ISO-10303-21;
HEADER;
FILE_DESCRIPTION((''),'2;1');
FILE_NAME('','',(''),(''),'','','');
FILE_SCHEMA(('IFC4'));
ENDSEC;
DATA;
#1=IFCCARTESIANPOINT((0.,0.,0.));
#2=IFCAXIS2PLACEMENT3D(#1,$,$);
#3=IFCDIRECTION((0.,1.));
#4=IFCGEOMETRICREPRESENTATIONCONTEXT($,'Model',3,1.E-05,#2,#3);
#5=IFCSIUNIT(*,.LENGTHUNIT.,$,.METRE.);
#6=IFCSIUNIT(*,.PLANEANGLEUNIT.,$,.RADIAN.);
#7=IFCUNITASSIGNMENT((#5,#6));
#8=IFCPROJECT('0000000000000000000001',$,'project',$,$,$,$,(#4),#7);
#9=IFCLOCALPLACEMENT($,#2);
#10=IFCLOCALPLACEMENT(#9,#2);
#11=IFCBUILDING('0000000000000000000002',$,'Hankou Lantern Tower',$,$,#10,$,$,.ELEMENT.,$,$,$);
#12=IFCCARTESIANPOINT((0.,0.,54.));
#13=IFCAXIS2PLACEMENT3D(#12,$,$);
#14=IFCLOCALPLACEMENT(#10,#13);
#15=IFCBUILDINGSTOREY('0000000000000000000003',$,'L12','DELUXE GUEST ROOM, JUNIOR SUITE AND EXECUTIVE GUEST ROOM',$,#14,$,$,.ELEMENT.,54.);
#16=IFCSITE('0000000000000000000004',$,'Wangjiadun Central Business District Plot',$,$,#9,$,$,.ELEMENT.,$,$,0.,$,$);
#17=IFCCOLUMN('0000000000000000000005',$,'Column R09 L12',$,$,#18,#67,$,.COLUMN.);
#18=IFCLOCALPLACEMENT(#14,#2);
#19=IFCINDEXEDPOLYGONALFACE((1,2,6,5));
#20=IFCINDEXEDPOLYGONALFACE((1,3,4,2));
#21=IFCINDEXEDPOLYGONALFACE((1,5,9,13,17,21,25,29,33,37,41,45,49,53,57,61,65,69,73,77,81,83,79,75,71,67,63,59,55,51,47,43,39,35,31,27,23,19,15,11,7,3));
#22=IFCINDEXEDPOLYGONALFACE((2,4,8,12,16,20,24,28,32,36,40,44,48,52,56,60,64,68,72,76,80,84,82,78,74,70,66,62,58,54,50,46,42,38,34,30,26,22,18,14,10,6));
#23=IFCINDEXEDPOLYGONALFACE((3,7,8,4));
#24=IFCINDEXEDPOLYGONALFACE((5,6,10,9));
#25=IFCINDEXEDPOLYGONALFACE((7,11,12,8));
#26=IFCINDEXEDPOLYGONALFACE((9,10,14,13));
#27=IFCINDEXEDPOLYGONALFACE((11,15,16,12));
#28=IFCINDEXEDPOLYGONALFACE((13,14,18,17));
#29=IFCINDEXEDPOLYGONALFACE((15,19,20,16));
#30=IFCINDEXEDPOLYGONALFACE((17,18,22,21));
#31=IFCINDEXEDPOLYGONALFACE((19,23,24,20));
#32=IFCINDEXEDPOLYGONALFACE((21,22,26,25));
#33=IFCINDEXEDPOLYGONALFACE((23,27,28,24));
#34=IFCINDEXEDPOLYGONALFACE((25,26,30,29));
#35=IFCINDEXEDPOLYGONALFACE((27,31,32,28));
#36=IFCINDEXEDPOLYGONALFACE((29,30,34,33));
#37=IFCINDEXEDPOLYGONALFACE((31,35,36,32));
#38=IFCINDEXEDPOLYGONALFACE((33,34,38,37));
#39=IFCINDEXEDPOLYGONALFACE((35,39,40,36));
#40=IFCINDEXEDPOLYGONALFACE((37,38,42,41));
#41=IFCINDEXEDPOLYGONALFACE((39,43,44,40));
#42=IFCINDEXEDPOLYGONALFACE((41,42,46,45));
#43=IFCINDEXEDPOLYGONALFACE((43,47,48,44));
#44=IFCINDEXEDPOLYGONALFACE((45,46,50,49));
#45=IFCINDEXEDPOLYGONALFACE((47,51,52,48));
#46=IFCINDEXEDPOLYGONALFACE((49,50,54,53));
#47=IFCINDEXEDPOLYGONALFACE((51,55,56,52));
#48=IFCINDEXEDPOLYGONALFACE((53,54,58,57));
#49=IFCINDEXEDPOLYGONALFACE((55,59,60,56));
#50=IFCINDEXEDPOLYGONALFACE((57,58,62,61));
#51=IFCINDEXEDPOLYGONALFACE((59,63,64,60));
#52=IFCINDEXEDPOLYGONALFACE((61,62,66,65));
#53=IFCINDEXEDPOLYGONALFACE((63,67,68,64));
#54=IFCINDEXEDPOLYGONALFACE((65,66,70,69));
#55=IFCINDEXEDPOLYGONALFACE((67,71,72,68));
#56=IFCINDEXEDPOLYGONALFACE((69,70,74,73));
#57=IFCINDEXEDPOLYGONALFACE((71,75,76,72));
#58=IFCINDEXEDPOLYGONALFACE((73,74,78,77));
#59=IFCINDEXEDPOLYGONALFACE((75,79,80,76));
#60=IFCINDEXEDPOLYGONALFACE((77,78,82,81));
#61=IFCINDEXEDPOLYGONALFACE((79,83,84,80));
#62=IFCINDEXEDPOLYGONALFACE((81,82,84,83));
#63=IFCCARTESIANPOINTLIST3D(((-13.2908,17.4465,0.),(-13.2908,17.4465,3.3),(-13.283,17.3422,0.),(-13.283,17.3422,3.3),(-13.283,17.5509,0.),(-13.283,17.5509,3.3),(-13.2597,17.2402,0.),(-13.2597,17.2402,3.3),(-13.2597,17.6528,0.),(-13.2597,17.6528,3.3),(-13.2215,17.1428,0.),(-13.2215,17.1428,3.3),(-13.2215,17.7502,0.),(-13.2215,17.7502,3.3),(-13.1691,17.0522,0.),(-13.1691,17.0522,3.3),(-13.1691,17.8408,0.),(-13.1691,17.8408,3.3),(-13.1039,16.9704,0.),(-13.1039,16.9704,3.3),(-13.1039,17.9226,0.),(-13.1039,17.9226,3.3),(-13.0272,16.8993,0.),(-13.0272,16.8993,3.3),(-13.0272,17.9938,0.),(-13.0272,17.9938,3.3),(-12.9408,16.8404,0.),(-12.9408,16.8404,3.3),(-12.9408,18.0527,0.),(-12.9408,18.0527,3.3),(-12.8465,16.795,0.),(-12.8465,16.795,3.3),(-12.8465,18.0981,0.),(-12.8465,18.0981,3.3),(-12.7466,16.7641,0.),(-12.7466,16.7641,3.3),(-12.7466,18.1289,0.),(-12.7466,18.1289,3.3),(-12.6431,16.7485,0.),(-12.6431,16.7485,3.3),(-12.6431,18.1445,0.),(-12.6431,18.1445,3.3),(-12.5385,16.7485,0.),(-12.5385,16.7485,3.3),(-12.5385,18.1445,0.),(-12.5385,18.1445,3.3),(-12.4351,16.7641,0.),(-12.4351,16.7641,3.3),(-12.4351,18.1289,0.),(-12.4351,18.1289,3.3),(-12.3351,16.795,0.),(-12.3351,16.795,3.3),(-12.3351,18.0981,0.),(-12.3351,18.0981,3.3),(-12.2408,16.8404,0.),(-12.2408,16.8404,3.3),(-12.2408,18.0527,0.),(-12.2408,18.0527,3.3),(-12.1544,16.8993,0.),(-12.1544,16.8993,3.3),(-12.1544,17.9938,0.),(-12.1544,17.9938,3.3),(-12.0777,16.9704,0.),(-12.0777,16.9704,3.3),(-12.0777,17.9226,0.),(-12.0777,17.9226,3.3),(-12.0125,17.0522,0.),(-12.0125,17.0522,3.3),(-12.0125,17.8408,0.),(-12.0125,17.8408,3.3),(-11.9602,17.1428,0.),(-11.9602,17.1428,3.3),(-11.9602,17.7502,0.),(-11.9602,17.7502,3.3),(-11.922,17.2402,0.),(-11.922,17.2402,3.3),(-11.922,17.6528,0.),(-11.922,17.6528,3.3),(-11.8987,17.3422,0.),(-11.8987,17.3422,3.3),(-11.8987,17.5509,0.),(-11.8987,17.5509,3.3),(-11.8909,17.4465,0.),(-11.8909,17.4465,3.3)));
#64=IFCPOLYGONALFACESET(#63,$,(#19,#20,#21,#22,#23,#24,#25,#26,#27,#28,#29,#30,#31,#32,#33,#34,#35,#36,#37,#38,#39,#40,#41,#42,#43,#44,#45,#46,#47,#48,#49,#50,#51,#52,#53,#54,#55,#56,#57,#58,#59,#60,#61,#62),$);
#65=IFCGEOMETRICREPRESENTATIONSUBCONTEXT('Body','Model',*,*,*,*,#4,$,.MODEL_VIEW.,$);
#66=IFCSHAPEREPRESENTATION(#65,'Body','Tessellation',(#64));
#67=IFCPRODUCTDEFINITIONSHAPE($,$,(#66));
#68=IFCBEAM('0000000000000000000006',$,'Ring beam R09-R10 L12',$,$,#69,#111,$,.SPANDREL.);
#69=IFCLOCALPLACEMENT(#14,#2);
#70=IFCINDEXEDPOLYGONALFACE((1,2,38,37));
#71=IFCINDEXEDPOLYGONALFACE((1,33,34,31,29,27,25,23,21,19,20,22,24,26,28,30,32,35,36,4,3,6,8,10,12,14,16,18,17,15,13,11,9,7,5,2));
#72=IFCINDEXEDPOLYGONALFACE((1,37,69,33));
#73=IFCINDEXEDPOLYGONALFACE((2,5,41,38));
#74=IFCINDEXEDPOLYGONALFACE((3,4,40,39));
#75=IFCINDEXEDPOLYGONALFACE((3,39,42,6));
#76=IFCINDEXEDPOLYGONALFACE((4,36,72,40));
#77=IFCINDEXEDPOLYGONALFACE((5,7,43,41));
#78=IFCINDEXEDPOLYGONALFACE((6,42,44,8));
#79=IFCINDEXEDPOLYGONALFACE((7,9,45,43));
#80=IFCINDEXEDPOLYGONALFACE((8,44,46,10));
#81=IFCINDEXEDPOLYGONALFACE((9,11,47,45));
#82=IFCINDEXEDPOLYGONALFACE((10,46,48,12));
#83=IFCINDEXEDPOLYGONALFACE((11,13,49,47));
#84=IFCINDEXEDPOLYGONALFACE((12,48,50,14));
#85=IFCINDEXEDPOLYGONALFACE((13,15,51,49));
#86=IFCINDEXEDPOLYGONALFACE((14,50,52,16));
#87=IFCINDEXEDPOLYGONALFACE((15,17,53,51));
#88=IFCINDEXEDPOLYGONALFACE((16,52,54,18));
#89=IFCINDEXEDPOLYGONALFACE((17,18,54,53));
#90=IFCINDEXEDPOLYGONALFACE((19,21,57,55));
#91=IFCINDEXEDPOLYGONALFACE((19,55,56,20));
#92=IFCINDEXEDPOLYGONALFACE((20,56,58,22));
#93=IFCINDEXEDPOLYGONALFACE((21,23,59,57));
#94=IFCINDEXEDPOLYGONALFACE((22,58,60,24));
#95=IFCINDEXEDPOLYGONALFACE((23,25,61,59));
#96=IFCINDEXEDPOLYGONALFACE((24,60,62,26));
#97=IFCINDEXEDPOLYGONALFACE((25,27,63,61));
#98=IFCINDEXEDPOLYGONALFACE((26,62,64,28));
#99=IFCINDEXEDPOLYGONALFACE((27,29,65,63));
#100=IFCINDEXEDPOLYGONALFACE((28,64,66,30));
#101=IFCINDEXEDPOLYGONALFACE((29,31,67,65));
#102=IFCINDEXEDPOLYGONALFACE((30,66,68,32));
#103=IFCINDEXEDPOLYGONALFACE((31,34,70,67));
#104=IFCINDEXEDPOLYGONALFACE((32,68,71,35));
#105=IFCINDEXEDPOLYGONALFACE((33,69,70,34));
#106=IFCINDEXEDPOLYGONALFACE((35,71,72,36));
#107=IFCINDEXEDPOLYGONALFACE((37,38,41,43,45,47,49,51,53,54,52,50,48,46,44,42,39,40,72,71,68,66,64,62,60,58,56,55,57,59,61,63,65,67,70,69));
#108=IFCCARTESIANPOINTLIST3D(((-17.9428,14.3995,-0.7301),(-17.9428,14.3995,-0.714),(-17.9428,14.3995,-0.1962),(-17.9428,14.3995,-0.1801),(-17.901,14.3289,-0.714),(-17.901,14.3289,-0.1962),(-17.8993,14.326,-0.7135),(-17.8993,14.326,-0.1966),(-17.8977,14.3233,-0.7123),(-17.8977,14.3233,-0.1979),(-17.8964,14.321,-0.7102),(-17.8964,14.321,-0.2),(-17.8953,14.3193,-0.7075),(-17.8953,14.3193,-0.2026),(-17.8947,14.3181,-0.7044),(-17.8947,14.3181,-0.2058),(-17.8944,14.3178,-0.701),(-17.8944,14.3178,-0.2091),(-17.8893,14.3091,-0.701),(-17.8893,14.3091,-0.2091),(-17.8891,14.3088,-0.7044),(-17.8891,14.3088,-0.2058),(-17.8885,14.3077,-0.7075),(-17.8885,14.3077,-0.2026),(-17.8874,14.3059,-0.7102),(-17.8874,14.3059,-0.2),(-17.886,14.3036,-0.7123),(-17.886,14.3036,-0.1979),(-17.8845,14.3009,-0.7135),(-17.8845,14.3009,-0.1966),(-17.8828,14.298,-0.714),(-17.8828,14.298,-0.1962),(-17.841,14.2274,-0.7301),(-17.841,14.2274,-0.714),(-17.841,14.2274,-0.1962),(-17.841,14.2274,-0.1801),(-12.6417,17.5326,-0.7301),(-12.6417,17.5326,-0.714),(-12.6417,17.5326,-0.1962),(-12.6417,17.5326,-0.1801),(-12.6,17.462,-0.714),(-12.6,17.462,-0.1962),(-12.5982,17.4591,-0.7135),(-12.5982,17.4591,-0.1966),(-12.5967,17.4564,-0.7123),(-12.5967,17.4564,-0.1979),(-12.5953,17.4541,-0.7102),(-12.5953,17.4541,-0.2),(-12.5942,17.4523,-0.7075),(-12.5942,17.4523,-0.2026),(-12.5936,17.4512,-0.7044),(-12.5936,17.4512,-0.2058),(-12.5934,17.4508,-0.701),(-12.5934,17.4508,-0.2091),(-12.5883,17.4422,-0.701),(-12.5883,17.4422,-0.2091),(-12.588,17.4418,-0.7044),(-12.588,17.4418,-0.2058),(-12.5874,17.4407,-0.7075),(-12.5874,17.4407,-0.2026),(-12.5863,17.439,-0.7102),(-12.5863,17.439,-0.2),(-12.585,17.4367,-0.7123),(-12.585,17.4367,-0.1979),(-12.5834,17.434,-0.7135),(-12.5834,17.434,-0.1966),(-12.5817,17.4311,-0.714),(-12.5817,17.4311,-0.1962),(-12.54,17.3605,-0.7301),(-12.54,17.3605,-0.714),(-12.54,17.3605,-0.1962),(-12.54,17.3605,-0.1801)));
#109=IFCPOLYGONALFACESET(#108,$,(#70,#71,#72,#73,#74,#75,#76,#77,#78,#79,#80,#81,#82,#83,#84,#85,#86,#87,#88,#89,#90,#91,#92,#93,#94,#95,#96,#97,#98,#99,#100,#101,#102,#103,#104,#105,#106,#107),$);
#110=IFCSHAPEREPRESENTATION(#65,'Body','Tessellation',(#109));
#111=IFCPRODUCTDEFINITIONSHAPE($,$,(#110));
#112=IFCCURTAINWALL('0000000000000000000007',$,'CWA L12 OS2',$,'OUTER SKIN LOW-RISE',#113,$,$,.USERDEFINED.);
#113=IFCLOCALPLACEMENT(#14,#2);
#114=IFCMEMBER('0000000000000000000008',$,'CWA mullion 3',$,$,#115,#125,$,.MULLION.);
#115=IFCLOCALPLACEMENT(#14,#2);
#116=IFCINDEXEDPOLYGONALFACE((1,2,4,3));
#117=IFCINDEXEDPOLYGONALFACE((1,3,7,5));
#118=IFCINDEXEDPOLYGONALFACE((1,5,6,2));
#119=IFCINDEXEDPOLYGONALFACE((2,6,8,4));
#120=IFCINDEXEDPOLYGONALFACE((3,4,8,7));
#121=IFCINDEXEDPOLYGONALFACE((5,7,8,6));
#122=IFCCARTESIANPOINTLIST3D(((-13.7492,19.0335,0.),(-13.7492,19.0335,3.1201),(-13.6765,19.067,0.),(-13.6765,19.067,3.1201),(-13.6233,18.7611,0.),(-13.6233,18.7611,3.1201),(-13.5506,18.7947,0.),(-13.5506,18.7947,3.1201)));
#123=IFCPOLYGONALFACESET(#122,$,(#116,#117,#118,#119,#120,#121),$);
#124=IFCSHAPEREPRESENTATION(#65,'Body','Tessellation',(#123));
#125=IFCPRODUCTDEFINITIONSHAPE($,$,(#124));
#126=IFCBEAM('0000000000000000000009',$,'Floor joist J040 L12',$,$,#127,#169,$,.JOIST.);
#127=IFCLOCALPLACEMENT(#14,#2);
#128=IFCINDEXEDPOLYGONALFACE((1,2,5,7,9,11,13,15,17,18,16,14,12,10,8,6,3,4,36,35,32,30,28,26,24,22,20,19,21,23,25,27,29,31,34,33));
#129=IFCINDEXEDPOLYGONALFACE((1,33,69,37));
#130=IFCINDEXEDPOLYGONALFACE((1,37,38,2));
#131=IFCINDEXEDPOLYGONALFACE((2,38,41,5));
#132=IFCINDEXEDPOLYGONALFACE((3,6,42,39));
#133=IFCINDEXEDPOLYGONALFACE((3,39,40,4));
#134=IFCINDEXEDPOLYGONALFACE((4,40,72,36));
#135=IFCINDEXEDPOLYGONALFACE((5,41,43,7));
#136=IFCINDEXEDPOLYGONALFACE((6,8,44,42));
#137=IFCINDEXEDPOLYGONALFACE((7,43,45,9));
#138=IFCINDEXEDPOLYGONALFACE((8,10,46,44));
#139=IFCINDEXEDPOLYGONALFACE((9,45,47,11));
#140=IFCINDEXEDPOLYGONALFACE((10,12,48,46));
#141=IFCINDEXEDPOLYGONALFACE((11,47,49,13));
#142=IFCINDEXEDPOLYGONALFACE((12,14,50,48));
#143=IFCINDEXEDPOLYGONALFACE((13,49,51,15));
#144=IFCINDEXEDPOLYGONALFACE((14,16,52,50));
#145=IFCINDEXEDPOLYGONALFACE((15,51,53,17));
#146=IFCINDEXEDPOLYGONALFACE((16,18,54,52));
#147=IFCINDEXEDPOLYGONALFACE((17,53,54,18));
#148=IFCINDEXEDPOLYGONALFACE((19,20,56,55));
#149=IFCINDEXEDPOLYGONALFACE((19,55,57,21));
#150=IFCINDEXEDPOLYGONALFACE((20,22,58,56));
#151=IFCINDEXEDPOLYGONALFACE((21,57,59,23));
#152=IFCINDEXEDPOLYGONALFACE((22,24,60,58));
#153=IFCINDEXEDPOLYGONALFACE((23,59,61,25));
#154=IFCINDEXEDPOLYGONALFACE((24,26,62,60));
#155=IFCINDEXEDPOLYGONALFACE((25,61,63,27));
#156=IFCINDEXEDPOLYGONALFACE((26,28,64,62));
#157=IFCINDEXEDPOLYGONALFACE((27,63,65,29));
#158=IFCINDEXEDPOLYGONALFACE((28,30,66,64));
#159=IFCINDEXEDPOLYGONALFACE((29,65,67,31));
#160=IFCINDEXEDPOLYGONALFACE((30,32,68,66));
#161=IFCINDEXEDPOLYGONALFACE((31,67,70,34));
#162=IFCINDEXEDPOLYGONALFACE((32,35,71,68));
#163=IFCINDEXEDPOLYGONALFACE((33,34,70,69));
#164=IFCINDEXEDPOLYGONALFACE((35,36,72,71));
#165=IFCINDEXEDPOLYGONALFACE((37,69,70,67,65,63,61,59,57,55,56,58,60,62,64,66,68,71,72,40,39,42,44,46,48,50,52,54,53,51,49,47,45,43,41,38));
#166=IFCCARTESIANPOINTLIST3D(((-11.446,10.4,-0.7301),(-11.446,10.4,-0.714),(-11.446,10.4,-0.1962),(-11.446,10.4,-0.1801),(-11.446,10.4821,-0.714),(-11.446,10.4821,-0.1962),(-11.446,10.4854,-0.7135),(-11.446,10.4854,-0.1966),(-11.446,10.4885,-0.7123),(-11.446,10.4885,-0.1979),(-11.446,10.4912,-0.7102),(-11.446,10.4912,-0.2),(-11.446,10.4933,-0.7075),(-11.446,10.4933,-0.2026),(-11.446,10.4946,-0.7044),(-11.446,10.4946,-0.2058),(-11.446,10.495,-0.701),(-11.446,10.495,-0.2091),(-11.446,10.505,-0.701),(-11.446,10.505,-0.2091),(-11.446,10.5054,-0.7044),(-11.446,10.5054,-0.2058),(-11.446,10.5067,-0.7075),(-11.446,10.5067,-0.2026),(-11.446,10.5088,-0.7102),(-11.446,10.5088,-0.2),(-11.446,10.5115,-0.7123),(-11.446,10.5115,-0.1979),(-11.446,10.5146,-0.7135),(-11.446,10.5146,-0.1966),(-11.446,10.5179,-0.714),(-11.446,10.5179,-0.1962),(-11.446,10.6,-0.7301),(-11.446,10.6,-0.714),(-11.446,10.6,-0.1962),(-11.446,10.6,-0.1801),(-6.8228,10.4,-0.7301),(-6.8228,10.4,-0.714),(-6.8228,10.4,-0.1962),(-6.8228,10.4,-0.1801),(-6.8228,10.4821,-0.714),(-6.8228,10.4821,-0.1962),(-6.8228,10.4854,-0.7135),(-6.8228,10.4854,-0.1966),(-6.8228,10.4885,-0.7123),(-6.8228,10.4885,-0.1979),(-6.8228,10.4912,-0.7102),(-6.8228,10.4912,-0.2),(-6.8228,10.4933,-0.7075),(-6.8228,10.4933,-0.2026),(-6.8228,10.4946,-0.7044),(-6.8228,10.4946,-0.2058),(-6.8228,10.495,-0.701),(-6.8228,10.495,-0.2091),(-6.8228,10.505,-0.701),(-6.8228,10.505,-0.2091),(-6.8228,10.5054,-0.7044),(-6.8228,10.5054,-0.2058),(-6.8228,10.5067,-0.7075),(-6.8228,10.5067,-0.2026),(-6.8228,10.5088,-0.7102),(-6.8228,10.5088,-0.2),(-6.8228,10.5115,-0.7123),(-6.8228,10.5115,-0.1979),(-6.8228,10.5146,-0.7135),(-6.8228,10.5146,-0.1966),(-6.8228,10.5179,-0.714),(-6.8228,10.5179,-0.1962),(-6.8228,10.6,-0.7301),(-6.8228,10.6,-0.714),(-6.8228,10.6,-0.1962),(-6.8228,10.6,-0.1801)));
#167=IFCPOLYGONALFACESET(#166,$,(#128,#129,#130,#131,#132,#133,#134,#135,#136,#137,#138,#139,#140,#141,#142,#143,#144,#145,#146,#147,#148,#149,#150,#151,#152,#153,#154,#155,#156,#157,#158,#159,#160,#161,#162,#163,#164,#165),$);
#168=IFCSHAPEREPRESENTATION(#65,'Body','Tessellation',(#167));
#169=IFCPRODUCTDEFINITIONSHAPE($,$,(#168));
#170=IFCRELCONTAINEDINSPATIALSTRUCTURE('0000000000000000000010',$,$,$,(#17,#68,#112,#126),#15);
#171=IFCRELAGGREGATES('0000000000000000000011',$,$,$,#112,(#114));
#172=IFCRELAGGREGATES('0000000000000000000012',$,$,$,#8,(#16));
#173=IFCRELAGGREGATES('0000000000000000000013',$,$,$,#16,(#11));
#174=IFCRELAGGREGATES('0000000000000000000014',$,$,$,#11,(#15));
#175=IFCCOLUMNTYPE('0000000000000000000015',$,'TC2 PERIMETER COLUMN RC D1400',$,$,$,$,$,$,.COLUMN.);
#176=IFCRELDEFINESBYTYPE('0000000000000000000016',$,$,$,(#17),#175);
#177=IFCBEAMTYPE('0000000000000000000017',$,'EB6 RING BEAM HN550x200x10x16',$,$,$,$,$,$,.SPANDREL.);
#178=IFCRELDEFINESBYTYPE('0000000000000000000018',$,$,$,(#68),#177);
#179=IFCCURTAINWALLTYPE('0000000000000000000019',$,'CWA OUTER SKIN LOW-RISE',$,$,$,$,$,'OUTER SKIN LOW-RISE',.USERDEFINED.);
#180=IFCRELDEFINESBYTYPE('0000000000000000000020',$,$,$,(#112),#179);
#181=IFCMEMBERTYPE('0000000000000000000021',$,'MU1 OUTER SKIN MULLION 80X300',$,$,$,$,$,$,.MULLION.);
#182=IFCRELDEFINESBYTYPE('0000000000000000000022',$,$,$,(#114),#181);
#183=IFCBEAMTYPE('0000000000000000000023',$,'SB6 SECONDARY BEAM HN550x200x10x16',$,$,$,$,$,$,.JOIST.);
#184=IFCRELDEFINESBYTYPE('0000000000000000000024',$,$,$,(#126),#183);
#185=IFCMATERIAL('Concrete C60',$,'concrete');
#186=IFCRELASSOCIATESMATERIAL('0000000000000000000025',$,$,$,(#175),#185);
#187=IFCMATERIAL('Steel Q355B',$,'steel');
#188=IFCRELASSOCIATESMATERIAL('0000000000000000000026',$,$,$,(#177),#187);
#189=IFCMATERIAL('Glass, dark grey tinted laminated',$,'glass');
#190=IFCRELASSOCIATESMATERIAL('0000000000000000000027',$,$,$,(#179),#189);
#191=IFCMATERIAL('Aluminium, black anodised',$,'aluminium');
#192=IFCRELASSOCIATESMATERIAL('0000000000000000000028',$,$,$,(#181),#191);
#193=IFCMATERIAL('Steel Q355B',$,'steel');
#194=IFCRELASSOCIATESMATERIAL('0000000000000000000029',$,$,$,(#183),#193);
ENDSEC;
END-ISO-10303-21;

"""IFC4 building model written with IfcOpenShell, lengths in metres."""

from ifc_helpers import new_model, si_unit, direction, frame, origin, origin_2d, place, context, subcontext, project, spatial, rectangle, circle, i_section, extrude, material, material_profile, profile_set, type_object, element, aggregate, save


model = new_model("IFC4")

# Units and contexts
model_context = context("Model", 3, precision=1e-05, world=origin(), true_north=direction((0.0, 1.0)))
body_context = subcontext(model_context, "Body", "Model", "MODEL_VIEW")
ifc_project = project(units=[si_unit("LENGTHUNIT", "METRE"), si_unit("PLANEANGLEUNIT", "RADIAN")], contexts=[model_context])

# Site, building, storey
site_placement = place(None, origin())
site = spatial("IfcSite", under=ifc_project, at=site_placement, Name="Wangjiadun Central Business District Plot", CompositionType="ELEMENT", RefElevation=0.0)
building_placement = place(site_placement, origin())
building = spatial("IfcBuilding", under=site, at=building_placement, Name="Hankou Lantern Tower", CompositionType="ELEMENT")
storey_placement = place(building_placement, frame((0.0, 0.0, 54.0)))
storey = spatial("IfcBuildingStorey", under=building, at=storey_placement, Name="L12", Description="DELUXE GUEST ROOM, JUNIOR SUITE AND EXECUTIVE GUEST ROOM", CompositionType="ELEMENT", Elevation=54.0)

# Column
ifc_material_1 = material(Name="Concrete C60", Category="concrete")
ifc_material_profile_1 = material_profile(ifc_material_1, circle(Radius=0.7, at=origin_2d()), Name="RC D1400")
ifc_profile_set_1 = profile_set([ifc_material_profile_1], Name="Concrete C60")
column_type = type_object("IfcColumnType", Name="TC2 PERIMETER COLUMN RC D1400", PredefinedType="COLUMN", material=ifc_profile_set_1)
column_placement = place(storey_placement, frame((-12.5908, 17.4465, 0.0), z_axis=(0.0, 0.0, 1.0), x_axis=(1.0, 0.0, 0.0)))
element("IfcColumn", 1, at=column_placement, inside=storey, type_object=column_type, Name="Column R09 L12", PredefinedType="COLUMN", context=body_context, shape_type="SweptSolid", body=[
    extrude(circle(Radius=0.7, at=origin_2d()), origin(), (0.0, 0.0, 1.0), 3.3),
])

# Beam
ifc_material_2 = material(Name="Steel Q355B", Category="steel")
ifc_material_profile_2 = material_profile(ifc_material_2, i_section(OverallWidth=0.2, OverallDepth=0.55, WebThickness=0.01, FlangeThickness=0.0161, FilletRadius=0.0129, at=origin_2d()), Name="HN550x200x10x16")
ifc_profile_set_2 = profile_set([ifc_material_profile_2], Name="Steel Q355B")
beam_type_1 = type_object("IfcBeamType", Name="EB6 RING BEAM HN550x200x10x16", PredefinedType="SPANDREL", material=ifc_profile_set_2)
beam_1_placement = place(storey_placement, frame((-12.5908, 17.4465, -0.4551), z_axis=(-0.860882, -0.508805, 0.0), x_axis=(0.508805, -0.860882, 0.0)))
element("IfcBeam", 2, at=beam_1_placement, inside=storey, type_object=beam_type_1, Name="Ring beam R09-R10 L12", PredefinedType="SPANDREL", context=body_context, shape_type="SweptSolid", body=[
    extrude(i_section(OverallWidth=0.2, OverallDepth=0.55, WebThickness=0.01, FlangeThickness=0.0161, FilletRadius=0.0129, at=origin_2d()), origin(), (0.0, 0.0, 1.0), 6.1577),
])

# Curtain wall, member
ifc_material_3 = material(Name="Glass, dark grey tinted laminated", Category="glass")
curtain_wall_type = type_object("IfcCurtainWallType", Name="CWA OUTER SKIN LOW-RISE", ElementType="OUTER SKIN LOW-RISE", PredefinedType="USERDEFINED", material=ifc_material_3)
curtain_wall_placement = place(storey_placement, origin())
curtain_wall = element("IfcCurtainWall", 3, at=curtain_wall_placement, inside=storey, type_object=curtain_wall_type, Name="CWA L12 OS2", ObjectType="OUTER SKIN LOW-RISE", PredefinedType="USERDEFINED")
ifc_material_4 = material(Name="Aluminium, black anodised", Category="aluminium")
ifc_material_profile_3 = material_profile(ifc_material_4, rectangle(XDim=0.0801, YDim=0.3, at=origin_2d()), Name="MU1 80X300")
ifc_profile_set_3 = profile_set([ifc_material_profile_3], Name="Aluminium, black anodised")
member_type_1 = type_object("IfcMemberType", Name="MU1 OUTER SKIN MULLION 80X300", PredefinedType="MULLION", material=ifc_profile_set_3)
member_1_placement = place(storey_placement, frame((-13.6499, 18.9141, 0.0), z_axis=(0.0, 0.0, 1.0), x_axis=(-0.907841, -0.419314, 0.0)))
member_1 = element("IfcMember", 4, at=member_1_placement, type_object=member_type_1, Name="CWA mullion 3", PredefinedType="MULLION", context=body_context, shape_type="SweptSolid", body=[
    extrude(rectangle(XDim=0.0801, YDim=0.3, at=origin_2d()), origin(), (0.0, 0.0, 1.0), 3.1201),
])

# Beam
ifc_material_5 = material(Name="Steel Q355B", Category="steel")
ifc_material_profile_4 = material_profile(ifc_material_5, i_section(OverallWidth=0.2, OverallDepth=0.55, WebThickness=0.01, FlangeThickness=0.0161, FilletRadius=0.0129, at=origin_2d()), Name="HN550x200x10x16")
ifc_profile_set_4 = profile_set([ifc_material_profile_4], Name="Steel Q355B")
beam_type_2 = type_object("IfcBeamType", Name="SB6 SECONDARY BEAM HN550x200x10x16", PredefinedType="JOIST", material=ifc_profile_set_4)
beam_2_placement = place(storey_placement, frame((-11.446, 10.5, -0.4551), z_axis=(1.0, 0.0, 0.0), x_axis=(0.0, 1.0, 0.0)))
element("IfcBeam", 5, at=beam_2_placement, inside=storey, type_object=beam_type_2, Name="Floor joist J040 L12", PredefinedType="JOIST", context=body_context, shape_type="SweptSolid", body=[
    extrude(i_section(OverallWidth=0.2, OverallDepth=0.55, WebThickness=0.01, FlangeThickness=0.0161, FilletRadius=0.0129, at=origin_2d()), origin(), (0.0, 0.0, 1.0), 4.6233),
])

aggregate(curtain_wall, [member_1])

save(model, "model.ifc")
